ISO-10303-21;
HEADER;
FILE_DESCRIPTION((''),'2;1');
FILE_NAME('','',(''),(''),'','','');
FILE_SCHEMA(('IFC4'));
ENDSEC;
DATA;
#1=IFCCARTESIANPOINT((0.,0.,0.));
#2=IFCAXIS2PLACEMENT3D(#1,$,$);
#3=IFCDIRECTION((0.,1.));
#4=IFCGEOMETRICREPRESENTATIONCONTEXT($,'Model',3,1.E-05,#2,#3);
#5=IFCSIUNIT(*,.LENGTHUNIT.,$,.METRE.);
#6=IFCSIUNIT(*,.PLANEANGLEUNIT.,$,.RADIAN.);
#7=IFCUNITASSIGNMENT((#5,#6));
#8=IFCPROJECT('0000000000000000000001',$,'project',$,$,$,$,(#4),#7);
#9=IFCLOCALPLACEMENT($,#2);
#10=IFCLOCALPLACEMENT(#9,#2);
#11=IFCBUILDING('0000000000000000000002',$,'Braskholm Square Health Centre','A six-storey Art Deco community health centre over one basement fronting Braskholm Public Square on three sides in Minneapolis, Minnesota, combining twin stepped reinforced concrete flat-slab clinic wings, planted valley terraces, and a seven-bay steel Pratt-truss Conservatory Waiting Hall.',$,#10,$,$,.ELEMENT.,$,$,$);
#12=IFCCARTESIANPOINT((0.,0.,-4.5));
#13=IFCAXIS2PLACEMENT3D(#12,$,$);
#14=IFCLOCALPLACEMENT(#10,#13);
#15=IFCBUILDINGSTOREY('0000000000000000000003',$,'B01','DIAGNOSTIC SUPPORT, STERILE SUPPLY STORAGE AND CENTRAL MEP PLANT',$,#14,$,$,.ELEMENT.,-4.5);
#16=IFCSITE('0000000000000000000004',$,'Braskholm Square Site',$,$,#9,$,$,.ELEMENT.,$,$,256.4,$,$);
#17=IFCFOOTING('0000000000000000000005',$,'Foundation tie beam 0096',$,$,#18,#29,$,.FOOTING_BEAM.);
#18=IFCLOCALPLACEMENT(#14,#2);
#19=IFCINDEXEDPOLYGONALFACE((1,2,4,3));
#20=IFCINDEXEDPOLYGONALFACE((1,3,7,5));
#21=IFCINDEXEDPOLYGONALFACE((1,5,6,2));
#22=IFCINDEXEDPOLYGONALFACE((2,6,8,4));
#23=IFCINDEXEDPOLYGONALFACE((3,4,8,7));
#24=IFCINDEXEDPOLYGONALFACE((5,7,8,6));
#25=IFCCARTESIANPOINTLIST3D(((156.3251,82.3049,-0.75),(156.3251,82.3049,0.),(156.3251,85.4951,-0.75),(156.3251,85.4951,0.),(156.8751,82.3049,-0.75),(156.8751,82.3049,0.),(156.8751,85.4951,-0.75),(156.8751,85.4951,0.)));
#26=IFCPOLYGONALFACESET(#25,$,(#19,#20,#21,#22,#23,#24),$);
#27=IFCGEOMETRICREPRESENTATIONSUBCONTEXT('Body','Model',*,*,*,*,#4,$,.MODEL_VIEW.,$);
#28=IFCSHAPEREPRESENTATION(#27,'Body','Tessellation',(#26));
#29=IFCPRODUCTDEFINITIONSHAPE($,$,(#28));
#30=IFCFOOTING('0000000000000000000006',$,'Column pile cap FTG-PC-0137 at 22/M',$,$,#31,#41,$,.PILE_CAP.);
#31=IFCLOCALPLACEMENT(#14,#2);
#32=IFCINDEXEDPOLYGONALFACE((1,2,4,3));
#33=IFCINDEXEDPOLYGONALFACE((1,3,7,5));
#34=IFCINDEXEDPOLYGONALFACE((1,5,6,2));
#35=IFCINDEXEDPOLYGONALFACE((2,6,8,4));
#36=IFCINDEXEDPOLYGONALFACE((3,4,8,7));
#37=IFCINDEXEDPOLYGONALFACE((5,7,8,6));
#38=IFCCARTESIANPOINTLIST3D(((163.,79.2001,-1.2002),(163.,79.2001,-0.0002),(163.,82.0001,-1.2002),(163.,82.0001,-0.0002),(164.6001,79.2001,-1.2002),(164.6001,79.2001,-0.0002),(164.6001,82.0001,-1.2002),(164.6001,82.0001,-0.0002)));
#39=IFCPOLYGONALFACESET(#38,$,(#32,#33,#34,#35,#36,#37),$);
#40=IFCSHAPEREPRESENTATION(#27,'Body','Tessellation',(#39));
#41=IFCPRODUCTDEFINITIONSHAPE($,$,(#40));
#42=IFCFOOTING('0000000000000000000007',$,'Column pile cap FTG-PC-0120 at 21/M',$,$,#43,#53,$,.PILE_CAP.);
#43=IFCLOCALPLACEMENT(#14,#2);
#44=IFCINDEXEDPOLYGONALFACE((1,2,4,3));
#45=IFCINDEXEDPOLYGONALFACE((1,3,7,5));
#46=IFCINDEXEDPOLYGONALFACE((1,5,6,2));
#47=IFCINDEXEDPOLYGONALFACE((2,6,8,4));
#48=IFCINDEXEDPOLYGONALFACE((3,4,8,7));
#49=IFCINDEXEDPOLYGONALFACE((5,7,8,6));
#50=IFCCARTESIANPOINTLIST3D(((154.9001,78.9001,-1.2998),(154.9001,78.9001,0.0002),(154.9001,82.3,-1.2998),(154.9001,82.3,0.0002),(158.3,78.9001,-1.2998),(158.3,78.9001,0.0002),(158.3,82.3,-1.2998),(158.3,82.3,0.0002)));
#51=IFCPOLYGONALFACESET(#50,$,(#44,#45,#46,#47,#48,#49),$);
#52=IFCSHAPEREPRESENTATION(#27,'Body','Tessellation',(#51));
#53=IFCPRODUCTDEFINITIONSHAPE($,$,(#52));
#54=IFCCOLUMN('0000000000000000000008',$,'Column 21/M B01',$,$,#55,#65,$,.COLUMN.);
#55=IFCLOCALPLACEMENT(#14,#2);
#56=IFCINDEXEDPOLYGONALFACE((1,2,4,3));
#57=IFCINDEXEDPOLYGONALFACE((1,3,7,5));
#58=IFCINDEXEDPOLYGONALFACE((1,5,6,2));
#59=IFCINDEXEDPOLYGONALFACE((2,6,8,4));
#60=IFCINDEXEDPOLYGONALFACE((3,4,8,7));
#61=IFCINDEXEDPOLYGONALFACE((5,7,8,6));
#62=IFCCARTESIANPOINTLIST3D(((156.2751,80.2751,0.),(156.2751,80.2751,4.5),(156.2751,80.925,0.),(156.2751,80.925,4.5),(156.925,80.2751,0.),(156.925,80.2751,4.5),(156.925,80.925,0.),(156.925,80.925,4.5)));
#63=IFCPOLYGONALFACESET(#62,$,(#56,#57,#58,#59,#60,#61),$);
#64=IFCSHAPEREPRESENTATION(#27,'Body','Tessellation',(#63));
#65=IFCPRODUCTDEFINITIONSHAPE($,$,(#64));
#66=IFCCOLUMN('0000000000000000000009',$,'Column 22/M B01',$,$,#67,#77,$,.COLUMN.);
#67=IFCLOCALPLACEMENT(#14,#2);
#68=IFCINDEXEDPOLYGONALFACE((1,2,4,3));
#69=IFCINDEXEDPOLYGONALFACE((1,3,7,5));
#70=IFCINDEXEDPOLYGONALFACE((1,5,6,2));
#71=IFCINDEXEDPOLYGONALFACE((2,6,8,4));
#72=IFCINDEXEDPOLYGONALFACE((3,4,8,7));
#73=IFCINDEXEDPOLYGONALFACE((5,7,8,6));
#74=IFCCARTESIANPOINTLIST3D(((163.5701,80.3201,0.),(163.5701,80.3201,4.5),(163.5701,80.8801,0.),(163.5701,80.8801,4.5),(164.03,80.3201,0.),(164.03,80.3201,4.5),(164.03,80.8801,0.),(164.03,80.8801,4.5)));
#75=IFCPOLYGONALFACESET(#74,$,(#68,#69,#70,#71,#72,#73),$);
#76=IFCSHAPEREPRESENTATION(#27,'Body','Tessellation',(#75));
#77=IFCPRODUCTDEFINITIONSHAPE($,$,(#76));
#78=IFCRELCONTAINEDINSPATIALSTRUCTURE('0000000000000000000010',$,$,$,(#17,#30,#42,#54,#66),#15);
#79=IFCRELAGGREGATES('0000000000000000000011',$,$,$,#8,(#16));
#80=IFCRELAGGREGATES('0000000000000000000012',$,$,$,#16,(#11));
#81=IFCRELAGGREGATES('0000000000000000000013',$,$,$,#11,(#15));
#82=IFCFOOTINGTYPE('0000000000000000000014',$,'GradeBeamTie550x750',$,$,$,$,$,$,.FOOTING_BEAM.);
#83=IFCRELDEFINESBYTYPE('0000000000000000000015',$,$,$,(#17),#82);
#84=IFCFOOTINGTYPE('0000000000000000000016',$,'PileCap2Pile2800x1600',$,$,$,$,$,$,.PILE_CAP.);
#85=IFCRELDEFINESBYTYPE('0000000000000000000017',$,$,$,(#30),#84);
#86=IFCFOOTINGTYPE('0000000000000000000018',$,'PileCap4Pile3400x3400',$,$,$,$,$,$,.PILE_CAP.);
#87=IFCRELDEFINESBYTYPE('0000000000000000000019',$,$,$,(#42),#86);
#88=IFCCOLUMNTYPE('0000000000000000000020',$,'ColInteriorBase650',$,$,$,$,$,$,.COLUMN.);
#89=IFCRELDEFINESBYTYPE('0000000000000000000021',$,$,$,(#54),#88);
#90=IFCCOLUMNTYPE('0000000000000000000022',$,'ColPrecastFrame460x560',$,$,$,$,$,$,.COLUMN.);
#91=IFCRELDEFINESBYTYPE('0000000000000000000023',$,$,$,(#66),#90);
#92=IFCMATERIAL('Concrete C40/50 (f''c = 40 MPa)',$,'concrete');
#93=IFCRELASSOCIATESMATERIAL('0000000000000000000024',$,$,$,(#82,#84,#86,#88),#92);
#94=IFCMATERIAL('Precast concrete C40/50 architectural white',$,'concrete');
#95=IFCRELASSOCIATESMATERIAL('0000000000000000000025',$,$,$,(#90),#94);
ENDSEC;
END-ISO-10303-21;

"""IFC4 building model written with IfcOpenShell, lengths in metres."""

from ifc_helpers import new_model, si_unit, direction, frame, origin, origin_2d, place, context, subcontext, project, spatial, rectangle, extrude, material, material_profile, profile_set, type_object, element, save


model = new_model("IFC4")

# Units and contexts
model_context = context("Model", 3, precision=1e-05, world=origin(), true_north=direction((0.0, 1.0)))
body_context = subcontext(model_context, "Body", "Model", "MODEL_VIEW")
ifc_project = project(units=[si_unit("LENGTHUNIT", "METRE"), si_unit("PLANEANGLEUNIT", "RADIAN")], contexts=[model_context])

# Site, building, storey
site_placement = place(None, origin())
site = spatial("IfcSite", under=ifc_project, at=site_placement, Name="Braskholm Square Site", CompositionType="ELEMENT", RefElevation=256.4)
building_placement = place(site_placement, origin())
building = spatial("IfcBuilding", under=site, at=building_placement, Name="Braskholm Square Health Centre", Description="A six-storey Art Deco community health centre over one basement fronting Braskholm Public Square on three sides in Minneapolis, Minnesota, combining twin stepped reinforced concrete flat-slab clinic wings, planted valley terraces, and a seven-bay steel Pratt-truss Conservatory Waiting Hall.", CompositionType="ELEMENT")
storey_placement = place(building_placement, frame((0.0, 0.0, -4.5)))
storey = spatial("IfcBuildingStorey", under=building, at=storey_placement, Name="B01", Description="DIAGNOSTIC SUPPORT, STERILE SUPPLY STORAGE AND CENTRAL MEP PLANT", CompositionType="ELEMENT", Elevation=-4.5)

# Shared definitions
ifc_material_1 = material(Name="Concrete C40/50 (f'c = 40 MPa)", Category="concrete")

# Footings
ifc_material_profile_1 = material_profile(ifc_material_1, rectangle(XDim=0.55, YDim=0.75, at=origin_2d()), Name="FTG-550X750")
ifc_profile_set_1 = profile_set([ifc_material_profile_1], Name="Concrete C40/50 (f'c = 40 MPa)")
footing_type_1 = type_object("IfcFootingType", Name="GradeBeamTie550x750", PredefinedType="FOOTING_BEAM", material=ifc_profile_set_1)
footing_1_placement = place(storey_placement, frame((156.6001, 82.3049, -0.375), z_axis=(0.0, 1.0, 0.0), x_axis=(-1.0, 0.0, 0.0)))
element("IfcFooting", 1, at=footing_1_placement, inside=storey, type_object=footing_type_1, Name="Foundation tie beam 0096", PredefinedType="FOOTING_BEAM", context=body_context, shape_type="SweptSolid", body=[
    extrude(rectangle(XDim=0.55, YDim=0.75, at=origin_2d()), origin(), (0.0, 0.0, 1.0), 3.1902),
])
footing_type_2 = type_object("IfcFootingType", Name="PileCap2Pile2800x1600", PredefinedType="PILE_CAP", material=ifc_material_1)
footing_2_placement = place(storey_placement, frame((163.8, 80.6001, -1.2002), z_axis=(0.0, 0.0, 1.0), x_axis=(0.0, 1.0, 0.0)))
element("IfcFooting", 2, at=footing_2_placement, inside=storey, type_object=footing_type_2, Name="Column pile cap FTG-PC-0137 at 22/M", PredefinedType="PILE_CAP", context=body_context, shape_type="SweptSolid", body=[
    extrude(rectangle(XDim=2.8, YDim=1.6001, at=origin_2d()), origin(), (0.0, 0.0, 1.0), 1.2),
])
footing_type_3 = type_object("IfcFootingType", Name="PileCap4Pile3400x3400", PredefinedType="PILE_CAP", material=ifc_material_1)
footing_3_placement = place(storey_placement, frame((156.6001, 80.6001, -1.2998), z_axis=(0.0, 0.0, 1.0), x_axis=(1.0, 0.0, 0.0)))
element("IfcFooting", 3, at=footing_3_placement, inside=storey, type_object=footing_type_3, Name="Column pile cap FTG-PC-0120 at 21/M", PredefinedType="PILE_CAP", context=body_context, shape_type="SweptSolid", body=[
    extrude(rectangle(XDim=3.3999, YDim=3.3999, at=origin_2d()), origin(), (0.0, 0.0, 1.0), 1.3),
])

# Columns
ifc_material_profile_2 = material_profile(ifc_material_1, rectangle(XDim=0.6499, YDim=0.6499, at=origin_2d()), Name="RC-650X650")
ifc_profile_set_2 = profile_set([ifc_material_profile_2], Name="Concrete C40/50 (f'c = 40 MPa)")
column_type_1 = type_object("IfcColumnType", Name="ColInteriorBase650", PredefinedType="COLUMN", material=ifc_profile_set_2)
column_1_placement = place(storey_placement, frame((156.6001, 80.6001, 0.0), z_axis=(0.0, 0.0, 1.0), x_axis=(1.0, 0.0, 0.0)))
element("IfcColumn", 4, at=column_1_placement, inside=storey, type_object=column_type_1, Name="Column 21/M B01", PredefinedType="COLUMN", context=body_context, shape_type="SweptSolid", body=[
    extrude(rectangle(XDim=0.6499, YDim=0.6499, at=origin_2d()), origin(), (0.0, 0.0, 1.0), 4.5),
])
ifc_material_2 = material(Name="Precast concrete C40/50 architectural white", Category="concrete")
ifc_material_profile_3 = material_profile(ifc_material_2, rectangle(XDim=0.46, YDim=0.5601, at=origin_2d()), Name="RC-460X560")
ifc_profile_set_3 = profile_set([ifc_material_profile_3], Name="Precast concrete C40/50 architectural white")
column_type_2 = type_object("IfcColumnType", Name="ColPrecastFrame460x560", PredefinedType="COLUMN", material=ifc_profile_set_3)
column_2_placement = place(storey_placement, frame((163.8, 80.6001, 0.0), z_axis=(0.0, 0.0, 1.0), x_axis=(1.0, 0.0, 0.0)))
element("IfcColumn", 5, at=column_2_placement, inside=storey, type_object=column_type_2, Name="Column 22/M B01", PredefinedType="COLUMN", context=body_context, shape_type="SweptSolid", body=[
    extrude(rectangle(XDim=0.46, YDim=0.5601, at=origin_2d()), origin(), (0.0, 0.0, 1.0), 4.5),
])

save(model, "model.ifc")
